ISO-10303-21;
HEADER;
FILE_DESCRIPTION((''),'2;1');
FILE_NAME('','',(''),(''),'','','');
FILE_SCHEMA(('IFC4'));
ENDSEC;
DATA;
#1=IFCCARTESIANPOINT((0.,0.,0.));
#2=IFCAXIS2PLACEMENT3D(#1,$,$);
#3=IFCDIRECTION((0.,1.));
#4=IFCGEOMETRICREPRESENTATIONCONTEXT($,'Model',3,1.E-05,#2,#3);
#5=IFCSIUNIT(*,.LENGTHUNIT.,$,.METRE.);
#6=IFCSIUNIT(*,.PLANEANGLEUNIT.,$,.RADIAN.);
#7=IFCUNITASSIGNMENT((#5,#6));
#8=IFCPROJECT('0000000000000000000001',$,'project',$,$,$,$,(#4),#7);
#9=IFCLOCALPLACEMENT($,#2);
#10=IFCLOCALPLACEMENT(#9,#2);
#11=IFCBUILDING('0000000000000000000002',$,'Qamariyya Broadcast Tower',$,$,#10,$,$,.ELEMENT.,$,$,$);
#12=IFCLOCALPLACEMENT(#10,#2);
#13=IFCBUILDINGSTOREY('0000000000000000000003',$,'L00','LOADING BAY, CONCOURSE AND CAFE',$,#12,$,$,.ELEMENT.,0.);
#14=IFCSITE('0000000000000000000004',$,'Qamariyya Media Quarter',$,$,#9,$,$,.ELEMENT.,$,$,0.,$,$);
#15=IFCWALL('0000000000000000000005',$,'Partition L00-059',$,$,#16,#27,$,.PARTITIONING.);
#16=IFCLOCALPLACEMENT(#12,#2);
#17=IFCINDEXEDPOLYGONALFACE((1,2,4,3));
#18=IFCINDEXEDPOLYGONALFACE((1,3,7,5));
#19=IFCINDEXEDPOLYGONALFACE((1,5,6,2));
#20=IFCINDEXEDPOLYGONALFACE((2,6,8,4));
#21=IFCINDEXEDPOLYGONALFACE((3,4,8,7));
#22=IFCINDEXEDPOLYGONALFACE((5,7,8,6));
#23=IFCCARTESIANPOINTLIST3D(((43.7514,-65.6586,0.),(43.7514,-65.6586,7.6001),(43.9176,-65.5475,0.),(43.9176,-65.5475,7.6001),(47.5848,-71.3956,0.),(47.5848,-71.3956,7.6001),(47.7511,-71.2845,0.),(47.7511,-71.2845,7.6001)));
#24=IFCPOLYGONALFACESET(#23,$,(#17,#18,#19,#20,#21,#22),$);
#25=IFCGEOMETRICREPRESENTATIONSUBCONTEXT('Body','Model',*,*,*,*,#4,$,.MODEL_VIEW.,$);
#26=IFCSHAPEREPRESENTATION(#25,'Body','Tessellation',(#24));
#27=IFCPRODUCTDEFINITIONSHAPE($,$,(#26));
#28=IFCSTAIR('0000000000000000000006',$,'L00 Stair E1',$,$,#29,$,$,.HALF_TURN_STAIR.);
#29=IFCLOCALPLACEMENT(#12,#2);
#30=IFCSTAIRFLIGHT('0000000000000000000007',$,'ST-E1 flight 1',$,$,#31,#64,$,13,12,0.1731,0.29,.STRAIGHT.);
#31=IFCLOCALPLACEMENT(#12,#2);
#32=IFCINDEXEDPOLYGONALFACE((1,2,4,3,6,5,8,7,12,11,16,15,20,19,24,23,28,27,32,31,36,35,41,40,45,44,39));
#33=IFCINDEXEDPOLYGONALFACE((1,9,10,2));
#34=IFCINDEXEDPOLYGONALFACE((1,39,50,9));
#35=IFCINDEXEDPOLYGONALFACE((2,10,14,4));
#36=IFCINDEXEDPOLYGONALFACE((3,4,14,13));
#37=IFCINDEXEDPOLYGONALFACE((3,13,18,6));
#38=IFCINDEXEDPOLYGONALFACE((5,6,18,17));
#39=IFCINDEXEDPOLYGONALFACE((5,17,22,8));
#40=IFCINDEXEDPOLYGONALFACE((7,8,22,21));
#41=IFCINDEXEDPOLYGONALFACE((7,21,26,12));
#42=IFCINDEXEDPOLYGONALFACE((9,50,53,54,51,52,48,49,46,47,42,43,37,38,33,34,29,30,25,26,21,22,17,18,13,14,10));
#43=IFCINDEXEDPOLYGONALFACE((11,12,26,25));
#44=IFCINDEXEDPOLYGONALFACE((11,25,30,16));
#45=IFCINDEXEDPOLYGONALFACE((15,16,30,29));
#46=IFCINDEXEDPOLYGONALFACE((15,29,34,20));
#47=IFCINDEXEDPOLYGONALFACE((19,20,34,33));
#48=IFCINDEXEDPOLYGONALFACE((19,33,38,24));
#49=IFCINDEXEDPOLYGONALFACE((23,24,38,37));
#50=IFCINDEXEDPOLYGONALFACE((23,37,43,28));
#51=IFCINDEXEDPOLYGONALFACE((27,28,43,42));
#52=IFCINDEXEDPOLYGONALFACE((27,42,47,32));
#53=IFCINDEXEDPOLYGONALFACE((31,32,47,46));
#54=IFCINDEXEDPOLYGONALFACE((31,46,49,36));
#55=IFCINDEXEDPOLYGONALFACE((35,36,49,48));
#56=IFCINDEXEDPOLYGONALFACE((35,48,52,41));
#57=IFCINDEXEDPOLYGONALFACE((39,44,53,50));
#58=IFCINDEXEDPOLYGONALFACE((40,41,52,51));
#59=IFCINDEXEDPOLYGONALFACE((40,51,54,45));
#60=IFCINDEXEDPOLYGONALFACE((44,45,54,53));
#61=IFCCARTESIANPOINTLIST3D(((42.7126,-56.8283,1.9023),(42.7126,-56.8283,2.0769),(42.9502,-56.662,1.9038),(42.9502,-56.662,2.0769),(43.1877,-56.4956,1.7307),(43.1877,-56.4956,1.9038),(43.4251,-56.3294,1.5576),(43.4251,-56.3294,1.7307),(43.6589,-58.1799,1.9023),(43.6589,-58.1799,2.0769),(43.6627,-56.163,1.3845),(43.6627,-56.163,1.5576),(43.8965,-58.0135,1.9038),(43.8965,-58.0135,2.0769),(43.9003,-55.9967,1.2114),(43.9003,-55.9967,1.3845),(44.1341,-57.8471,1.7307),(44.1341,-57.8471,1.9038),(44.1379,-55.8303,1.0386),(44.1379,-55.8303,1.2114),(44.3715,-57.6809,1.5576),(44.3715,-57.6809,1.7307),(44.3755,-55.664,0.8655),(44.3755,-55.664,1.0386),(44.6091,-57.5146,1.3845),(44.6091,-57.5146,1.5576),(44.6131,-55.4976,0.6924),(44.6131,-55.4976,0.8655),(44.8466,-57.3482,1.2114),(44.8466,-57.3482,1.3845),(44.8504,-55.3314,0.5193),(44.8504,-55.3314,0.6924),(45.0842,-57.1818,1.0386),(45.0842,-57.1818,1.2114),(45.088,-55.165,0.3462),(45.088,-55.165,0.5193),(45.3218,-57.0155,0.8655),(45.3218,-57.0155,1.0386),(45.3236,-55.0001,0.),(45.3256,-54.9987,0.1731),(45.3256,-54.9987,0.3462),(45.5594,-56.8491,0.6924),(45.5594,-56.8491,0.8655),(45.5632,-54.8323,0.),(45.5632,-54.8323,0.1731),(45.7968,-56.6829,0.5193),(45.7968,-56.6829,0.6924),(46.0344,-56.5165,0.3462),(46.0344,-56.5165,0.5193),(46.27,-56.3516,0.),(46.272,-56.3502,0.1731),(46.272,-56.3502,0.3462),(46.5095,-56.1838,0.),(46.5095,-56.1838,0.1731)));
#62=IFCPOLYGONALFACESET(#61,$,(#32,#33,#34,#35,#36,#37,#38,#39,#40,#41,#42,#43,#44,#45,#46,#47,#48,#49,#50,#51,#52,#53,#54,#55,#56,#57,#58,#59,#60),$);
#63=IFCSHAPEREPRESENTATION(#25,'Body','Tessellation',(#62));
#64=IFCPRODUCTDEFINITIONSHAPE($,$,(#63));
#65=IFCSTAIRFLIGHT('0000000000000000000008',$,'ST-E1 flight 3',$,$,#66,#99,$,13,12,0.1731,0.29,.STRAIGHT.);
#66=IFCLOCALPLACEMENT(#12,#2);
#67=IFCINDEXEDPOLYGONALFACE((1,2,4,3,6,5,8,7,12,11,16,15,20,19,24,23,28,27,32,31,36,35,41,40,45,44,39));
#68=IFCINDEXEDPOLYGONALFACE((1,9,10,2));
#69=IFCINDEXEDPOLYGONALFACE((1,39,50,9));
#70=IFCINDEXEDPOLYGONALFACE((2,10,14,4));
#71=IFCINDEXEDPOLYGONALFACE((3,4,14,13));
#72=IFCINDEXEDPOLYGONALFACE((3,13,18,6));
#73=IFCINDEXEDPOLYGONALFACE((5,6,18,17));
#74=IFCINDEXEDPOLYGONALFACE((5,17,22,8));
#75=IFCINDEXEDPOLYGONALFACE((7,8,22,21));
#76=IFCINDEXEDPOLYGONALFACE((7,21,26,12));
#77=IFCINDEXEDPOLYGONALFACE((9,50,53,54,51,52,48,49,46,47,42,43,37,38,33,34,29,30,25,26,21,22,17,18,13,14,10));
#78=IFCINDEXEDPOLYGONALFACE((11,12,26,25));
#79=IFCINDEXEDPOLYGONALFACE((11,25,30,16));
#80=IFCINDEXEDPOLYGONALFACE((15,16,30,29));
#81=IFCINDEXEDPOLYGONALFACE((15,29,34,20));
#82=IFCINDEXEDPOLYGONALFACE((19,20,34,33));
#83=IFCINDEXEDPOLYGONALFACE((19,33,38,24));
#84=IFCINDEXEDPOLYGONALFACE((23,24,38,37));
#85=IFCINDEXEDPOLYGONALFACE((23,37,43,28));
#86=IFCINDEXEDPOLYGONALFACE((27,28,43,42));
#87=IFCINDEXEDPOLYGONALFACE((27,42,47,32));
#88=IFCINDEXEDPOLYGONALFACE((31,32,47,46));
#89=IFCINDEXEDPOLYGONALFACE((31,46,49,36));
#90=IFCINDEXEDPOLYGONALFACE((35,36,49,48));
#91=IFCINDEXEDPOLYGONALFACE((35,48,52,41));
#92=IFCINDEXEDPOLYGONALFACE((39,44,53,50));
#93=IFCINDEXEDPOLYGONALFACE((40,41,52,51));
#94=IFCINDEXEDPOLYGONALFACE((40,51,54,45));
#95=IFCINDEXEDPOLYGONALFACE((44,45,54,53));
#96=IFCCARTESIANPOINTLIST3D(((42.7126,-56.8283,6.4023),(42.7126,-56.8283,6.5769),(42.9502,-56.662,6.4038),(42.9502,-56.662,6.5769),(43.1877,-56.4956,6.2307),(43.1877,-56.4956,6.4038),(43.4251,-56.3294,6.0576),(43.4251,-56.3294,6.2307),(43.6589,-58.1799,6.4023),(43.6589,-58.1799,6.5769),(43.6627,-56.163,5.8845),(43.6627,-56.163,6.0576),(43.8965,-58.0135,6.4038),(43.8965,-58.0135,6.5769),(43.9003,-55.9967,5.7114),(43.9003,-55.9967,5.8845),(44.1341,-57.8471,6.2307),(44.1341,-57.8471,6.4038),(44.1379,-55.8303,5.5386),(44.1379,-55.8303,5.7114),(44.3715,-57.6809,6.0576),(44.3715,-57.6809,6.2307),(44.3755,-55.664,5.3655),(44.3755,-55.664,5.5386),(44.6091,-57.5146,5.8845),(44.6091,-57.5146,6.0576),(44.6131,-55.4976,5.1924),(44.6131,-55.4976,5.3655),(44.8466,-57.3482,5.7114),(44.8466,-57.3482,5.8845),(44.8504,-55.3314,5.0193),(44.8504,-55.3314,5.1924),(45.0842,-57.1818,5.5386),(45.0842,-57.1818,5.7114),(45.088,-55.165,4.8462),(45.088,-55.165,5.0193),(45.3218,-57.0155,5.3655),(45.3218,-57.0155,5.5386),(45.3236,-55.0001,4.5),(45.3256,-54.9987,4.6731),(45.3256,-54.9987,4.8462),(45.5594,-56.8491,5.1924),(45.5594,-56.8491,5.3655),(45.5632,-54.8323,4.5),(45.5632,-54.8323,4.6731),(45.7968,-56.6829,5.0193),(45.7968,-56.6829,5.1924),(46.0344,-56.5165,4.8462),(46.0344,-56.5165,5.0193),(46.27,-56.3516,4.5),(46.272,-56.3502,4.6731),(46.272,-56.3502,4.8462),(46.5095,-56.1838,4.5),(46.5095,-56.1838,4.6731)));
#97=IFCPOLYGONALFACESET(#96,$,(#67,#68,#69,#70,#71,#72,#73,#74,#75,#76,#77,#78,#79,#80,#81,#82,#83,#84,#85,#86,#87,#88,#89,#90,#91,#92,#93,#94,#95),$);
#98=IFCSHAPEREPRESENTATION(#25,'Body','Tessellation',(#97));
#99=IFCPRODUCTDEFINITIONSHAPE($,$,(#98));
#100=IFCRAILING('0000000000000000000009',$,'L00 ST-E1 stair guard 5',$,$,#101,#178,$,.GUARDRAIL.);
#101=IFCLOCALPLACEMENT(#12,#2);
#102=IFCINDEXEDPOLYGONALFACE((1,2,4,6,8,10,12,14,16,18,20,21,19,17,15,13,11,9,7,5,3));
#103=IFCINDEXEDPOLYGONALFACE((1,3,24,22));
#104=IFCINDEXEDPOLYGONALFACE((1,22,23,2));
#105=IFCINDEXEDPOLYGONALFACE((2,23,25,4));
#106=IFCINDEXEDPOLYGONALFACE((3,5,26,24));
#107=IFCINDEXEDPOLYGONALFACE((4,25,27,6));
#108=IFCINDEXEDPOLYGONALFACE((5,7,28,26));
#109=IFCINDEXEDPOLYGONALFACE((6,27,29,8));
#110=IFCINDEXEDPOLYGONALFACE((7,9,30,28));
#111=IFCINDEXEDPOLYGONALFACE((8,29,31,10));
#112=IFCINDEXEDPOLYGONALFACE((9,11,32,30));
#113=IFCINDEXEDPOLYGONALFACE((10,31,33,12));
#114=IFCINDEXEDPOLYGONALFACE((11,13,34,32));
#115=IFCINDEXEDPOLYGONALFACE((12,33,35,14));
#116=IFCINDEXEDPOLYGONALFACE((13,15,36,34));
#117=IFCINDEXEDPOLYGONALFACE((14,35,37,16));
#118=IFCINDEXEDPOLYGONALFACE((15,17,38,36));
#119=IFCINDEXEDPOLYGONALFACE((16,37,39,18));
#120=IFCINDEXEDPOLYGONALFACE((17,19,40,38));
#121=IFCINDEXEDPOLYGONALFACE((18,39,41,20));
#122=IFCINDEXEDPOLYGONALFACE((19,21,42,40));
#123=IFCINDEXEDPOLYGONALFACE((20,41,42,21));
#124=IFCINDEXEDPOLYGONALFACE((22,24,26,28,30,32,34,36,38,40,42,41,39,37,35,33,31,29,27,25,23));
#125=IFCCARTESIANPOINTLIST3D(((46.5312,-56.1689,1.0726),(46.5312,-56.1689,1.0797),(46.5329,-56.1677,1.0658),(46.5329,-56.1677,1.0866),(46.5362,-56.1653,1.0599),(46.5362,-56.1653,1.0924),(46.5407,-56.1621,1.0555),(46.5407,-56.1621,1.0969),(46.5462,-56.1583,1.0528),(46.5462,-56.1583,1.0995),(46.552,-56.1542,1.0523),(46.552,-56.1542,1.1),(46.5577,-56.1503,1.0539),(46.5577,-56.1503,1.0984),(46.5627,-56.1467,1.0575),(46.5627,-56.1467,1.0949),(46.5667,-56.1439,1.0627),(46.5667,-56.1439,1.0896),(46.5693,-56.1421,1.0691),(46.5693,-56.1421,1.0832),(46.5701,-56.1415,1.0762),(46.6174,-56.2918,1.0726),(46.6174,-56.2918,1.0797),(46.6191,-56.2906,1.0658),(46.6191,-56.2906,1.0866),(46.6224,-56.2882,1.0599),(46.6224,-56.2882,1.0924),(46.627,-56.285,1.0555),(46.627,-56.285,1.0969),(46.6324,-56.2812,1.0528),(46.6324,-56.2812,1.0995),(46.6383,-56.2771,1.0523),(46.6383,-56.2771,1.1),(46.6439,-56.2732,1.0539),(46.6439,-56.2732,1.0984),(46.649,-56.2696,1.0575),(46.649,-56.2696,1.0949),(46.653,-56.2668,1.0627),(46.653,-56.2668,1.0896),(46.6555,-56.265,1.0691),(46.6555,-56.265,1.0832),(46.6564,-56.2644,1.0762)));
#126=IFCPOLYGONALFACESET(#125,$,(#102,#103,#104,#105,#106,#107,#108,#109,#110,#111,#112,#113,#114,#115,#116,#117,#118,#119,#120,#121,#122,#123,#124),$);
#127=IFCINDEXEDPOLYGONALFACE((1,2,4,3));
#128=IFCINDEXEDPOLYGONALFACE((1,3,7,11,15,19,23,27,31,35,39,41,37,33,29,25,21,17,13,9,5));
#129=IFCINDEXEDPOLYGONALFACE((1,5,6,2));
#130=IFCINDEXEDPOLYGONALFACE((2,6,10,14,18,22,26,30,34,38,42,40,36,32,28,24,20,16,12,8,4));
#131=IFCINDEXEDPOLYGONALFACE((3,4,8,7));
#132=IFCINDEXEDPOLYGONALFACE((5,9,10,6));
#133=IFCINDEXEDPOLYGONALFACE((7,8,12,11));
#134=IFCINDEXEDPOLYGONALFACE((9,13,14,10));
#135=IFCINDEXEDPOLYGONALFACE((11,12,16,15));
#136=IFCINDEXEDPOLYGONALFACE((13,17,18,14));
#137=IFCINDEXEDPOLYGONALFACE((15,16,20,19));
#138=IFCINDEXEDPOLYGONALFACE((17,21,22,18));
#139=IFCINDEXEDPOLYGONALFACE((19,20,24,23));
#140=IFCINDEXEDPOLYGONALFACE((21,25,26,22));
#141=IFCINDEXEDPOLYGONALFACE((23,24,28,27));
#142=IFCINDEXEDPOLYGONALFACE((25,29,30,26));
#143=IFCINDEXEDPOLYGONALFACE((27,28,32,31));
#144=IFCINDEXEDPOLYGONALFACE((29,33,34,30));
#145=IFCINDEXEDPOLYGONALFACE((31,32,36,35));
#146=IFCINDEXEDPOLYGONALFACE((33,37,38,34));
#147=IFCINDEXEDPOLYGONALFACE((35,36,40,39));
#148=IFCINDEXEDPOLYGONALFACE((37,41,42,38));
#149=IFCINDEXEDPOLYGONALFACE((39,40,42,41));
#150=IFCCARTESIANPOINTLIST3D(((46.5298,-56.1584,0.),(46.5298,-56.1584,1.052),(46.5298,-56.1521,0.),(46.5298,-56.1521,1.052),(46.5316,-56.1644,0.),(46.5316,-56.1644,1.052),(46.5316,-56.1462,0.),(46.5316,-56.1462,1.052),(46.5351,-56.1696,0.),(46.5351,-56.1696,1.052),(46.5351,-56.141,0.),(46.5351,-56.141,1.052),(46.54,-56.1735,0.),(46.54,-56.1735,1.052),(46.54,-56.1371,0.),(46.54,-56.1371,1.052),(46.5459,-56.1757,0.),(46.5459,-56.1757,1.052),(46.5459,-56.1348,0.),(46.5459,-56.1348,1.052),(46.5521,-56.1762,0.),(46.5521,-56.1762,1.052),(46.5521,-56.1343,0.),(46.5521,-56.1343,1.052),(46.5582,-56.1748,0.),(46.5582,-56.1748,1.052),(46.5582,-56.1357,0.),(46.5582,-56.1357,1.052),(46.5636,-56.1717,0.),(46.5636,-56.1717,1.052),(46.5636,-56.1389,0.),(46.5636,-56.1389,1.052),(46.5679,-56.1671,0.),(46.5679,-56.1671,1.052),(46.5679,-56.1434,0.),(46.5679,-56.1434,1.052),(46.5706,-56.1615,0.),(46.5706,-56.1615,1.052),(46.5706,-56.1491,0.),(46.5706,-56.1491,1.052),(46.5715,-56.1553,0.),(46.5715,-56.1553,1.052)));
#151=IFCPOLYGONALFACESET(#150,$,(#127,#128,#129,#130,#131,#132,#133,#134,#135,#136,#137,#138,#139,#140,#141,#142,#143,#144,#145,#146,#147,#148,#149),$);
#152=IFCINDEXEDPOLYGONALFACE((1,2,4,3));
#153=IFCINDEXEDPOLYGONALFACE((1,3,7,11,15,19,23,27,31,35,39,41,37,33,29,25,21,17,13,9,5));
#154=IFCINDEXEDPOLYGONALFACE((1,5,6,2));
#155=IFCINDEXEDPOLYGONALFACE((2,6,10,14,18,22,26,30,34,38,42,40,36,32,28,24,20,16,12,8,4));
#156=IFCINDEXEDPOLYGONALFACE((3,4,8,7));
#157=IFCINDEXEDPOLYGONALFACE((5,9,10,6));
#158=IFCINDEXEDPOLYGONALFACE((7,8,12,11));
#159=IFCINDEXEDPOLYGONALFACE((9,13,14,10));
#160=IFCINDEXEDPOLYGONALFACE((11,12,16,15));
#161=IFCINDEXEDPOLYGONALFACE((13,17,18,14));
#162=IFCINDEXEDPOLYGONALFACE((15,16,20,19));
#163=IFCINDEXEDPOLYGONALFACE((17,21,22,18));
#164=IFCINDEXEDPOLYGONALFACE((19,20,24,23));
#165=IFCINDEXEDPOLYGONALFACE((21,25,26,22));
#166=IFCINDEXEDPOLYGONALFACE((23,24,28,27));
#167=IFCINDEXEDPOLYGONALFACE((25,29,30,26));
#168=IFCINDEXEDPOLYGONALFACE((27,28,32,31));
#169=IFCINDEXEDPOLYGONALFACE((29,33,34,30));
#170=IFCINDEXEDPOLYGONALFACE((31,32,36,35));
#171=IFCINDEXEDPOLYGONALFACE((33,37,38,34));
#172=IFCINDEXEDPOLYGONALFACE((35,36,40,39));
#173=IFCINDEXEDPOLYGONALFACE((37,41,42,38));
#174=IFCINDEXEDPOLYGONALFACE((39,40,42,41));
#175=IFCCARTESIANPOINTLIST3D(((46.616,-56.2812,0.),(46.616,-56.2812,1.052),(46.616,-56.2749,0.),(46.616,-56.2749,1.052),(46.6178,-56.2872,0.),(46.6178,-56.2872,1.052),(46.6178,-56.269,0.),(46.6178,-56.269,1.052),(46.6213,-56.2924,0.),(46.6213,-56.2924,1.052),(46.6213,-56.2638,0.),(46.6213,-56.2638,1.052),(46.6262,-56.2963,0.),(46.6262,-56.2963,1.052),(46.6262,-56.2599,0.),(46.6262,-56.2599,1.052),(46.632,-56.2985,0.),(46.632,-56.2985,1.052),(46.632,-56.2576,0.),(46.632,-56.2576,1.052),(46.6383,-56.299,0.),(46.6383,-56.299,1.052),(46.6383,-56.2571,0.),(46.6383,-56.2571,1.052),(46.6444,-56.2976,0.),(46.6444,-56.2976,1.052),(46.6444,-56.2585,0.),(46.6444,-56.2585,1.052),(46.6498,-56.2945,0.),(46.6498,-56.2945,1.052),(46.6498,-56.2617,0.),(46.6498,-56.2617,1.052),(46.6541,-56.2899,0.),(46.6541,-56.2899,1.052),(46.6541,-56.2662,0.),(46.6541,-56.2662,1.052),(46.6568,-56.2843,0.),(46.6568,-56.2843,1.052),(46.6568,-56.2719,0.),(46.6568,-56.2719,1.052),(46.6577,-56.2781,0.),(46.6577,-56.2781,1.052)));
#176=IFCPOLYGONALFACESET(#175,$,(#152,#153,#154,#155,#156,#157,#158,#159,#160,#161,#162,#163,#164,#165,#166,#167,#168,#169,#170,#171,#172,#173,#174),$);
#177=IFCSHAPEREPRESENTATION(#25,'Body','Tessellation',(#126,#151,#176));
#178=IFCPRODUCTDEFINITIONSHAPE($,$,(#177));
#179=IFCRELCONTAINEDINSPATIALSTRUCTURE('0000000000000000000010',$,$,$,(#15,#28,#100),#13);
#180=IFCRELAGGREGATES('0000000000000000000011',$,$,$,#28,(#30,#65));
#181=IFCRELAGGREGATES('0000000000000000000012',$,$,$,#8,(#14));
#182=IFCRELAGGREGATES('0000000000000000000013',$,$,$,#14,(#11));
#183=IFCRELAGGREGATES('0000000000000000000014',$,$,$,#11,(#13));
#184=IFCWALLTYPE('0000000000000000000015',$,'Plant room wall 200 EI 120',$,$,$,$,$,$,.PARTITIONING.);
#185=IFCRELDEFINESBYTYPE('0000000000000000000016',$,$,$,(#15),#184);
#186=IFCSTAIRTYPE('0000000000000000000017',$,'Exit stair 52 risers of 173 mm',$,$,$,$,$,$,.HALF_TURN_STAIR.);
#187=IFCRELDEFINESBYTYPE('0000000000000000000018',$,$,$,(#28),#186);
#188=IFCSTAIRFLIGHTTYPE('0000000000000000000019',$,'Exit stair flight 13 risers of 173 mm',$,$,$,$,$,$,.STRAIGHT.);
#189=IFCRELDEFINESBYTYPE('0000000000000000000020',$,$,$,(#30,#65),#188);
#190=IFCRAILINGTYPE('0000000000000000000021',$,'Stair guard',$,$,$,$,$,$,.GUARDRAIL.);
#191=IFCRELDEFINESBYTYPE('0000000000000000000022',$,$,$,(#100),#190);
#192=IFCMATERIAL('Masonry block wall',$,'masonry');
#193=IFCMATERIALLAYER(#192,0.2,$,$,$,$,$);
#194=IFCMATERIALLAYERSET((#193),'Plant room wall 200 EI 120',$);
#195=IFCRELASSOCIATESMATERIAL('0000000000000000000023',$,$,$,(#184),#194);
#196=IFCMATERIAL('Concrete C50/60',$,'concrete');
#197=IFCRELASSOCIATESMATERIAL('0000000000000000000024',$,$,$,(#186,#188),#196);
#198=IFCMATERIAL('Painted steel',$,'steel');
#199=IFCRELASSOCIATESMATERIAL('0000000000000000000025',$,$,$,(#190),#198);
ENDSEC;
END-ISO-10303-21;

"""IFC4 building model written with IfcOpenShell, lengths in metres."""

from ifc_helpers import new_model, si_unit, direction, frame, frame_2d, origin, origin_2d, place, context, subcontext, project, spatial, polyline, rectangle, circle, outline, extrude, material, layer, layer_set, type_object, element, aggregate, save


model = new_model("IFC4")

# Units and contexts
model_context = context("Model", 3, precision=1e-05, world=origin(), true_north=direction((0.0, 1.0)))
body_context = subcontext(model_context, "Body", "Model", "MODEL_VIEW")
ifc_project = project(units=[si_unit("LENGTHUNIT", "METRE"), si_unit("PLANEANGLEUNIT", "RADIAN")], contexts=[model_context])

# Site, building, storey
site_placement = place(None, origin())
site = spatial("IfcSite", under=ifc_project, at=site_placement, Name="Qamariyya Media Quarter", CompositionType="ELEMENT", RefElevation=0.0)
building_placement = place(site_placement, origin())
building = spatial("IfcBuilding", under=site, at=building_placement, Name="Qamariyya Broadcast Tower", CompositionType="ELEMENT")
storey_placement = place(building_placement, origin())
storey = spatial("IfcBuildingStorey", under=building, at=storey_placement, Name="L00", Description="LOADING BAY, CONCOURSE AND CAFE", CompositionType="ELEMENT", Elevation=0.0)

# Wall
ifc_material_1 = material(Name="Masonry block wall", Category="masonry")
ifc_layer_1 = layer(ifc_material_1, 0.2)
ifc_layer_set_1 = layer_set([ifc_layer_1], Name="Plant room wall 200 EI 120")
wall_type_1 = type_object("IfcWallType", Name="Plant room wall 200 EI 120", PredefinedType="PARTITIONING", material=ifc_layer_set_1)
wall_1_placement = place(storey_placement, frame((47.668, -71.3401, 0.0), z_axis=(0.0, 0.0, 1.0), x_axis=(-0.555582, 0.831462, 0.0)))
element("IfcWall", 1, at=wall_1_placement, inside=storey, type_object=wall_type_1, Name="Partition L00-059", PredefinedType="PARTITIONING", context=body_context, shape_type="SweptSolid", body=[
    extrude(rectangle(XDim=6.8999, YDim=0.2, at=frame_2d((3.45, 0.0))), origin(), (0.0, 0.0, 1.0), 7.6001),
])

# Stair, stair flights
ifc_material_2 = material(Name="Concrete C50/60", Category="concrete")
stair_type = type_object("IfcStairType", Name="Exit stair 52 risers of 173 mm", PredefinedType="HALF_TURN_STAIR", material=ifc_material_2)
stair_placement = place(storey_placement, origin())
stair = element("IfcStair", 2, at=stair_placement, inside=storey, type_object=stair_type, Name="L00 Stair E1", PredefinedType="HALF_TURN_STAIR")
stair_flight_type = type_object("IfcStairFlightType", Name="Exit stair flight 13 risers of 173 mm", PredefinedType="STRAIGHT", material=ifc_material_2)
stair_flight_1_placement = place(storey_placement, frame((46.0364, -55.5081, 0.0), z_axis=(0.0, 0.0, 1.0), x_axis=(-0.819152, -0.573576, 0.0)))
stair_flight_1 = element("IfcStairFlight", 3, at=stair_flight_1_placement, type_object=stair_flight_type, Name="ST-E1 flight 1", NumberOfRisers=13, NumberOfTreads=12, PredefinedType="STRAIGHT", RiserHeight=0.1731, TreadLength=0.29, context=body_context, shape_type="SweptSolid", body=[
    extrude(outline(polyline([(0.0, 0.0), (0.0, 0.1731), (0.29, 0.1731), (0.29, 0.3462), (0.5801, 0.3462), (0.5801, 0.5193), (0.8701, 0.5193), (0.8701, 0.6924), (1.1599, 0.6924), (1.1599, 0.8655), (1.45, 0.8655), (1.45, 1.0386), (1.74, 1.0386), (1.74, 1.2114), (2.03, 1.2114), (2.03, 1.3845), (2.3201, 1.3845), (2.3201, 1.5576), (2.6101, 1.5576), (2.6101, 1.7307), (2.8999, 1.7307), (2.8999, 1.9038), (3.1899, 1.9038), (3.1899, 2.0769), (3.48, 2.0769), (3.48, 2.25), (3.48, 1.9023), (0.2925, 0.0), (0.0, 0.0)])), frame((0.0, 0.825, 0.0), z_axis=(0.0, -1.0, 0.0), x_axis=(1.0, 0.0, 0.0)), (0.0, 0.0, 1.0), 1.6499),
])
stair_flight_2_placement = place(storey_placement, frame((46.0364, -55.5081, 4.5), z_axis=(0.0, 0.0, 1.0), x_axis=(-0.819152, -0.573576, 0.0)))
stair_flight_2 = element("IfcStairFlight", 4, at=stair_flight_2_placement, type_object=stair_flight_type, Name="ST-E1 flight 3", NumberOfRisers=13, NumberOfTreads=12, PredefinedType="STRAIGHT", RiserHeight=0.1731, TreadLength=0.29, context=body_context, shape_type="SweptSolid", body=[
    extrude(outline(polyline([(0.0, 0.0), (0.0, 0.1731), (0.29, 0.1731), (0.29, 0.3462), (0.5801, 0.3462), (0.5801, 0.5193), (0.8701, 0.5193), (0.8701, 0.6924), (1.1599, 0.6924), (1.1599, 0.8655), (1.45, 0.8655), (1.45, 1.0386), (1.74, 1.0386), (1.74, 1.2114), (2.03, 1.2114), (2.03, 1.3845), (2.3201, 1.3845), (2.3201, 1.5576), (2.6101, 1.5576), (2.6101, 1.7307), (2.8999, 1.7307), (2.8999, 1.9038), (3.1899, 1.9038), (3.1899, 2.0769), (3.48, 2.0769), (3.48, 2.25), (3.48, 1.9023), (0.2925, 0.0), (0.0, 0.0)])), frame((0.0, 0.825, 0.0), z_axis=(0.0, -1.0, 0.0), x_axis=(1.0, 0.0, 0.0)), (0.0, 0.0, 1.0), 1.6499),
])
aggregate(stair, [stair_flight_1, stair_flight_2])

# Railing
ifc_material_3 = material(Name="Painted steel", Category="steel")
railing_type_1 = type_object("IfcRailingType", Name="Stair guard", PredefinedType="GUARDRAIL", material=ifc_material_3)
railing_1_placement = place(storey_placement, frame((46.5505, -56.1553, 0.0)))
element("IfcRailing", 5, at=railing_1_placement, inside=storey, type_object=railing_type_1, Name="L00 ST-E1 stair guard 5", PredefinedType="GUARDRAIL", context=body_context, shape_type="SweptSolid", body=[
    extrude(circle(Radius=0.0239, at=origin_2d()), frame((0.0, 0.0, 1.0762), z_axis=(0.574445, -0.818543, 0.0), x_axis=(0.818543, 0.574445, 0.0)), (0.0, 0.0, 1.0), 0.1501),
    extrude(circle(Radius=0.021, at=origin_2d()), origin(), (0.0, 0.0, 1.0), 1.052),
    extrude(circle(Radius=0.021, at=origin_2d()), frame((0.0862, -0.1228, 0.0)), (0.0, 0.0, 1.0), 1.052),
])

save(model, "model.ifc")
